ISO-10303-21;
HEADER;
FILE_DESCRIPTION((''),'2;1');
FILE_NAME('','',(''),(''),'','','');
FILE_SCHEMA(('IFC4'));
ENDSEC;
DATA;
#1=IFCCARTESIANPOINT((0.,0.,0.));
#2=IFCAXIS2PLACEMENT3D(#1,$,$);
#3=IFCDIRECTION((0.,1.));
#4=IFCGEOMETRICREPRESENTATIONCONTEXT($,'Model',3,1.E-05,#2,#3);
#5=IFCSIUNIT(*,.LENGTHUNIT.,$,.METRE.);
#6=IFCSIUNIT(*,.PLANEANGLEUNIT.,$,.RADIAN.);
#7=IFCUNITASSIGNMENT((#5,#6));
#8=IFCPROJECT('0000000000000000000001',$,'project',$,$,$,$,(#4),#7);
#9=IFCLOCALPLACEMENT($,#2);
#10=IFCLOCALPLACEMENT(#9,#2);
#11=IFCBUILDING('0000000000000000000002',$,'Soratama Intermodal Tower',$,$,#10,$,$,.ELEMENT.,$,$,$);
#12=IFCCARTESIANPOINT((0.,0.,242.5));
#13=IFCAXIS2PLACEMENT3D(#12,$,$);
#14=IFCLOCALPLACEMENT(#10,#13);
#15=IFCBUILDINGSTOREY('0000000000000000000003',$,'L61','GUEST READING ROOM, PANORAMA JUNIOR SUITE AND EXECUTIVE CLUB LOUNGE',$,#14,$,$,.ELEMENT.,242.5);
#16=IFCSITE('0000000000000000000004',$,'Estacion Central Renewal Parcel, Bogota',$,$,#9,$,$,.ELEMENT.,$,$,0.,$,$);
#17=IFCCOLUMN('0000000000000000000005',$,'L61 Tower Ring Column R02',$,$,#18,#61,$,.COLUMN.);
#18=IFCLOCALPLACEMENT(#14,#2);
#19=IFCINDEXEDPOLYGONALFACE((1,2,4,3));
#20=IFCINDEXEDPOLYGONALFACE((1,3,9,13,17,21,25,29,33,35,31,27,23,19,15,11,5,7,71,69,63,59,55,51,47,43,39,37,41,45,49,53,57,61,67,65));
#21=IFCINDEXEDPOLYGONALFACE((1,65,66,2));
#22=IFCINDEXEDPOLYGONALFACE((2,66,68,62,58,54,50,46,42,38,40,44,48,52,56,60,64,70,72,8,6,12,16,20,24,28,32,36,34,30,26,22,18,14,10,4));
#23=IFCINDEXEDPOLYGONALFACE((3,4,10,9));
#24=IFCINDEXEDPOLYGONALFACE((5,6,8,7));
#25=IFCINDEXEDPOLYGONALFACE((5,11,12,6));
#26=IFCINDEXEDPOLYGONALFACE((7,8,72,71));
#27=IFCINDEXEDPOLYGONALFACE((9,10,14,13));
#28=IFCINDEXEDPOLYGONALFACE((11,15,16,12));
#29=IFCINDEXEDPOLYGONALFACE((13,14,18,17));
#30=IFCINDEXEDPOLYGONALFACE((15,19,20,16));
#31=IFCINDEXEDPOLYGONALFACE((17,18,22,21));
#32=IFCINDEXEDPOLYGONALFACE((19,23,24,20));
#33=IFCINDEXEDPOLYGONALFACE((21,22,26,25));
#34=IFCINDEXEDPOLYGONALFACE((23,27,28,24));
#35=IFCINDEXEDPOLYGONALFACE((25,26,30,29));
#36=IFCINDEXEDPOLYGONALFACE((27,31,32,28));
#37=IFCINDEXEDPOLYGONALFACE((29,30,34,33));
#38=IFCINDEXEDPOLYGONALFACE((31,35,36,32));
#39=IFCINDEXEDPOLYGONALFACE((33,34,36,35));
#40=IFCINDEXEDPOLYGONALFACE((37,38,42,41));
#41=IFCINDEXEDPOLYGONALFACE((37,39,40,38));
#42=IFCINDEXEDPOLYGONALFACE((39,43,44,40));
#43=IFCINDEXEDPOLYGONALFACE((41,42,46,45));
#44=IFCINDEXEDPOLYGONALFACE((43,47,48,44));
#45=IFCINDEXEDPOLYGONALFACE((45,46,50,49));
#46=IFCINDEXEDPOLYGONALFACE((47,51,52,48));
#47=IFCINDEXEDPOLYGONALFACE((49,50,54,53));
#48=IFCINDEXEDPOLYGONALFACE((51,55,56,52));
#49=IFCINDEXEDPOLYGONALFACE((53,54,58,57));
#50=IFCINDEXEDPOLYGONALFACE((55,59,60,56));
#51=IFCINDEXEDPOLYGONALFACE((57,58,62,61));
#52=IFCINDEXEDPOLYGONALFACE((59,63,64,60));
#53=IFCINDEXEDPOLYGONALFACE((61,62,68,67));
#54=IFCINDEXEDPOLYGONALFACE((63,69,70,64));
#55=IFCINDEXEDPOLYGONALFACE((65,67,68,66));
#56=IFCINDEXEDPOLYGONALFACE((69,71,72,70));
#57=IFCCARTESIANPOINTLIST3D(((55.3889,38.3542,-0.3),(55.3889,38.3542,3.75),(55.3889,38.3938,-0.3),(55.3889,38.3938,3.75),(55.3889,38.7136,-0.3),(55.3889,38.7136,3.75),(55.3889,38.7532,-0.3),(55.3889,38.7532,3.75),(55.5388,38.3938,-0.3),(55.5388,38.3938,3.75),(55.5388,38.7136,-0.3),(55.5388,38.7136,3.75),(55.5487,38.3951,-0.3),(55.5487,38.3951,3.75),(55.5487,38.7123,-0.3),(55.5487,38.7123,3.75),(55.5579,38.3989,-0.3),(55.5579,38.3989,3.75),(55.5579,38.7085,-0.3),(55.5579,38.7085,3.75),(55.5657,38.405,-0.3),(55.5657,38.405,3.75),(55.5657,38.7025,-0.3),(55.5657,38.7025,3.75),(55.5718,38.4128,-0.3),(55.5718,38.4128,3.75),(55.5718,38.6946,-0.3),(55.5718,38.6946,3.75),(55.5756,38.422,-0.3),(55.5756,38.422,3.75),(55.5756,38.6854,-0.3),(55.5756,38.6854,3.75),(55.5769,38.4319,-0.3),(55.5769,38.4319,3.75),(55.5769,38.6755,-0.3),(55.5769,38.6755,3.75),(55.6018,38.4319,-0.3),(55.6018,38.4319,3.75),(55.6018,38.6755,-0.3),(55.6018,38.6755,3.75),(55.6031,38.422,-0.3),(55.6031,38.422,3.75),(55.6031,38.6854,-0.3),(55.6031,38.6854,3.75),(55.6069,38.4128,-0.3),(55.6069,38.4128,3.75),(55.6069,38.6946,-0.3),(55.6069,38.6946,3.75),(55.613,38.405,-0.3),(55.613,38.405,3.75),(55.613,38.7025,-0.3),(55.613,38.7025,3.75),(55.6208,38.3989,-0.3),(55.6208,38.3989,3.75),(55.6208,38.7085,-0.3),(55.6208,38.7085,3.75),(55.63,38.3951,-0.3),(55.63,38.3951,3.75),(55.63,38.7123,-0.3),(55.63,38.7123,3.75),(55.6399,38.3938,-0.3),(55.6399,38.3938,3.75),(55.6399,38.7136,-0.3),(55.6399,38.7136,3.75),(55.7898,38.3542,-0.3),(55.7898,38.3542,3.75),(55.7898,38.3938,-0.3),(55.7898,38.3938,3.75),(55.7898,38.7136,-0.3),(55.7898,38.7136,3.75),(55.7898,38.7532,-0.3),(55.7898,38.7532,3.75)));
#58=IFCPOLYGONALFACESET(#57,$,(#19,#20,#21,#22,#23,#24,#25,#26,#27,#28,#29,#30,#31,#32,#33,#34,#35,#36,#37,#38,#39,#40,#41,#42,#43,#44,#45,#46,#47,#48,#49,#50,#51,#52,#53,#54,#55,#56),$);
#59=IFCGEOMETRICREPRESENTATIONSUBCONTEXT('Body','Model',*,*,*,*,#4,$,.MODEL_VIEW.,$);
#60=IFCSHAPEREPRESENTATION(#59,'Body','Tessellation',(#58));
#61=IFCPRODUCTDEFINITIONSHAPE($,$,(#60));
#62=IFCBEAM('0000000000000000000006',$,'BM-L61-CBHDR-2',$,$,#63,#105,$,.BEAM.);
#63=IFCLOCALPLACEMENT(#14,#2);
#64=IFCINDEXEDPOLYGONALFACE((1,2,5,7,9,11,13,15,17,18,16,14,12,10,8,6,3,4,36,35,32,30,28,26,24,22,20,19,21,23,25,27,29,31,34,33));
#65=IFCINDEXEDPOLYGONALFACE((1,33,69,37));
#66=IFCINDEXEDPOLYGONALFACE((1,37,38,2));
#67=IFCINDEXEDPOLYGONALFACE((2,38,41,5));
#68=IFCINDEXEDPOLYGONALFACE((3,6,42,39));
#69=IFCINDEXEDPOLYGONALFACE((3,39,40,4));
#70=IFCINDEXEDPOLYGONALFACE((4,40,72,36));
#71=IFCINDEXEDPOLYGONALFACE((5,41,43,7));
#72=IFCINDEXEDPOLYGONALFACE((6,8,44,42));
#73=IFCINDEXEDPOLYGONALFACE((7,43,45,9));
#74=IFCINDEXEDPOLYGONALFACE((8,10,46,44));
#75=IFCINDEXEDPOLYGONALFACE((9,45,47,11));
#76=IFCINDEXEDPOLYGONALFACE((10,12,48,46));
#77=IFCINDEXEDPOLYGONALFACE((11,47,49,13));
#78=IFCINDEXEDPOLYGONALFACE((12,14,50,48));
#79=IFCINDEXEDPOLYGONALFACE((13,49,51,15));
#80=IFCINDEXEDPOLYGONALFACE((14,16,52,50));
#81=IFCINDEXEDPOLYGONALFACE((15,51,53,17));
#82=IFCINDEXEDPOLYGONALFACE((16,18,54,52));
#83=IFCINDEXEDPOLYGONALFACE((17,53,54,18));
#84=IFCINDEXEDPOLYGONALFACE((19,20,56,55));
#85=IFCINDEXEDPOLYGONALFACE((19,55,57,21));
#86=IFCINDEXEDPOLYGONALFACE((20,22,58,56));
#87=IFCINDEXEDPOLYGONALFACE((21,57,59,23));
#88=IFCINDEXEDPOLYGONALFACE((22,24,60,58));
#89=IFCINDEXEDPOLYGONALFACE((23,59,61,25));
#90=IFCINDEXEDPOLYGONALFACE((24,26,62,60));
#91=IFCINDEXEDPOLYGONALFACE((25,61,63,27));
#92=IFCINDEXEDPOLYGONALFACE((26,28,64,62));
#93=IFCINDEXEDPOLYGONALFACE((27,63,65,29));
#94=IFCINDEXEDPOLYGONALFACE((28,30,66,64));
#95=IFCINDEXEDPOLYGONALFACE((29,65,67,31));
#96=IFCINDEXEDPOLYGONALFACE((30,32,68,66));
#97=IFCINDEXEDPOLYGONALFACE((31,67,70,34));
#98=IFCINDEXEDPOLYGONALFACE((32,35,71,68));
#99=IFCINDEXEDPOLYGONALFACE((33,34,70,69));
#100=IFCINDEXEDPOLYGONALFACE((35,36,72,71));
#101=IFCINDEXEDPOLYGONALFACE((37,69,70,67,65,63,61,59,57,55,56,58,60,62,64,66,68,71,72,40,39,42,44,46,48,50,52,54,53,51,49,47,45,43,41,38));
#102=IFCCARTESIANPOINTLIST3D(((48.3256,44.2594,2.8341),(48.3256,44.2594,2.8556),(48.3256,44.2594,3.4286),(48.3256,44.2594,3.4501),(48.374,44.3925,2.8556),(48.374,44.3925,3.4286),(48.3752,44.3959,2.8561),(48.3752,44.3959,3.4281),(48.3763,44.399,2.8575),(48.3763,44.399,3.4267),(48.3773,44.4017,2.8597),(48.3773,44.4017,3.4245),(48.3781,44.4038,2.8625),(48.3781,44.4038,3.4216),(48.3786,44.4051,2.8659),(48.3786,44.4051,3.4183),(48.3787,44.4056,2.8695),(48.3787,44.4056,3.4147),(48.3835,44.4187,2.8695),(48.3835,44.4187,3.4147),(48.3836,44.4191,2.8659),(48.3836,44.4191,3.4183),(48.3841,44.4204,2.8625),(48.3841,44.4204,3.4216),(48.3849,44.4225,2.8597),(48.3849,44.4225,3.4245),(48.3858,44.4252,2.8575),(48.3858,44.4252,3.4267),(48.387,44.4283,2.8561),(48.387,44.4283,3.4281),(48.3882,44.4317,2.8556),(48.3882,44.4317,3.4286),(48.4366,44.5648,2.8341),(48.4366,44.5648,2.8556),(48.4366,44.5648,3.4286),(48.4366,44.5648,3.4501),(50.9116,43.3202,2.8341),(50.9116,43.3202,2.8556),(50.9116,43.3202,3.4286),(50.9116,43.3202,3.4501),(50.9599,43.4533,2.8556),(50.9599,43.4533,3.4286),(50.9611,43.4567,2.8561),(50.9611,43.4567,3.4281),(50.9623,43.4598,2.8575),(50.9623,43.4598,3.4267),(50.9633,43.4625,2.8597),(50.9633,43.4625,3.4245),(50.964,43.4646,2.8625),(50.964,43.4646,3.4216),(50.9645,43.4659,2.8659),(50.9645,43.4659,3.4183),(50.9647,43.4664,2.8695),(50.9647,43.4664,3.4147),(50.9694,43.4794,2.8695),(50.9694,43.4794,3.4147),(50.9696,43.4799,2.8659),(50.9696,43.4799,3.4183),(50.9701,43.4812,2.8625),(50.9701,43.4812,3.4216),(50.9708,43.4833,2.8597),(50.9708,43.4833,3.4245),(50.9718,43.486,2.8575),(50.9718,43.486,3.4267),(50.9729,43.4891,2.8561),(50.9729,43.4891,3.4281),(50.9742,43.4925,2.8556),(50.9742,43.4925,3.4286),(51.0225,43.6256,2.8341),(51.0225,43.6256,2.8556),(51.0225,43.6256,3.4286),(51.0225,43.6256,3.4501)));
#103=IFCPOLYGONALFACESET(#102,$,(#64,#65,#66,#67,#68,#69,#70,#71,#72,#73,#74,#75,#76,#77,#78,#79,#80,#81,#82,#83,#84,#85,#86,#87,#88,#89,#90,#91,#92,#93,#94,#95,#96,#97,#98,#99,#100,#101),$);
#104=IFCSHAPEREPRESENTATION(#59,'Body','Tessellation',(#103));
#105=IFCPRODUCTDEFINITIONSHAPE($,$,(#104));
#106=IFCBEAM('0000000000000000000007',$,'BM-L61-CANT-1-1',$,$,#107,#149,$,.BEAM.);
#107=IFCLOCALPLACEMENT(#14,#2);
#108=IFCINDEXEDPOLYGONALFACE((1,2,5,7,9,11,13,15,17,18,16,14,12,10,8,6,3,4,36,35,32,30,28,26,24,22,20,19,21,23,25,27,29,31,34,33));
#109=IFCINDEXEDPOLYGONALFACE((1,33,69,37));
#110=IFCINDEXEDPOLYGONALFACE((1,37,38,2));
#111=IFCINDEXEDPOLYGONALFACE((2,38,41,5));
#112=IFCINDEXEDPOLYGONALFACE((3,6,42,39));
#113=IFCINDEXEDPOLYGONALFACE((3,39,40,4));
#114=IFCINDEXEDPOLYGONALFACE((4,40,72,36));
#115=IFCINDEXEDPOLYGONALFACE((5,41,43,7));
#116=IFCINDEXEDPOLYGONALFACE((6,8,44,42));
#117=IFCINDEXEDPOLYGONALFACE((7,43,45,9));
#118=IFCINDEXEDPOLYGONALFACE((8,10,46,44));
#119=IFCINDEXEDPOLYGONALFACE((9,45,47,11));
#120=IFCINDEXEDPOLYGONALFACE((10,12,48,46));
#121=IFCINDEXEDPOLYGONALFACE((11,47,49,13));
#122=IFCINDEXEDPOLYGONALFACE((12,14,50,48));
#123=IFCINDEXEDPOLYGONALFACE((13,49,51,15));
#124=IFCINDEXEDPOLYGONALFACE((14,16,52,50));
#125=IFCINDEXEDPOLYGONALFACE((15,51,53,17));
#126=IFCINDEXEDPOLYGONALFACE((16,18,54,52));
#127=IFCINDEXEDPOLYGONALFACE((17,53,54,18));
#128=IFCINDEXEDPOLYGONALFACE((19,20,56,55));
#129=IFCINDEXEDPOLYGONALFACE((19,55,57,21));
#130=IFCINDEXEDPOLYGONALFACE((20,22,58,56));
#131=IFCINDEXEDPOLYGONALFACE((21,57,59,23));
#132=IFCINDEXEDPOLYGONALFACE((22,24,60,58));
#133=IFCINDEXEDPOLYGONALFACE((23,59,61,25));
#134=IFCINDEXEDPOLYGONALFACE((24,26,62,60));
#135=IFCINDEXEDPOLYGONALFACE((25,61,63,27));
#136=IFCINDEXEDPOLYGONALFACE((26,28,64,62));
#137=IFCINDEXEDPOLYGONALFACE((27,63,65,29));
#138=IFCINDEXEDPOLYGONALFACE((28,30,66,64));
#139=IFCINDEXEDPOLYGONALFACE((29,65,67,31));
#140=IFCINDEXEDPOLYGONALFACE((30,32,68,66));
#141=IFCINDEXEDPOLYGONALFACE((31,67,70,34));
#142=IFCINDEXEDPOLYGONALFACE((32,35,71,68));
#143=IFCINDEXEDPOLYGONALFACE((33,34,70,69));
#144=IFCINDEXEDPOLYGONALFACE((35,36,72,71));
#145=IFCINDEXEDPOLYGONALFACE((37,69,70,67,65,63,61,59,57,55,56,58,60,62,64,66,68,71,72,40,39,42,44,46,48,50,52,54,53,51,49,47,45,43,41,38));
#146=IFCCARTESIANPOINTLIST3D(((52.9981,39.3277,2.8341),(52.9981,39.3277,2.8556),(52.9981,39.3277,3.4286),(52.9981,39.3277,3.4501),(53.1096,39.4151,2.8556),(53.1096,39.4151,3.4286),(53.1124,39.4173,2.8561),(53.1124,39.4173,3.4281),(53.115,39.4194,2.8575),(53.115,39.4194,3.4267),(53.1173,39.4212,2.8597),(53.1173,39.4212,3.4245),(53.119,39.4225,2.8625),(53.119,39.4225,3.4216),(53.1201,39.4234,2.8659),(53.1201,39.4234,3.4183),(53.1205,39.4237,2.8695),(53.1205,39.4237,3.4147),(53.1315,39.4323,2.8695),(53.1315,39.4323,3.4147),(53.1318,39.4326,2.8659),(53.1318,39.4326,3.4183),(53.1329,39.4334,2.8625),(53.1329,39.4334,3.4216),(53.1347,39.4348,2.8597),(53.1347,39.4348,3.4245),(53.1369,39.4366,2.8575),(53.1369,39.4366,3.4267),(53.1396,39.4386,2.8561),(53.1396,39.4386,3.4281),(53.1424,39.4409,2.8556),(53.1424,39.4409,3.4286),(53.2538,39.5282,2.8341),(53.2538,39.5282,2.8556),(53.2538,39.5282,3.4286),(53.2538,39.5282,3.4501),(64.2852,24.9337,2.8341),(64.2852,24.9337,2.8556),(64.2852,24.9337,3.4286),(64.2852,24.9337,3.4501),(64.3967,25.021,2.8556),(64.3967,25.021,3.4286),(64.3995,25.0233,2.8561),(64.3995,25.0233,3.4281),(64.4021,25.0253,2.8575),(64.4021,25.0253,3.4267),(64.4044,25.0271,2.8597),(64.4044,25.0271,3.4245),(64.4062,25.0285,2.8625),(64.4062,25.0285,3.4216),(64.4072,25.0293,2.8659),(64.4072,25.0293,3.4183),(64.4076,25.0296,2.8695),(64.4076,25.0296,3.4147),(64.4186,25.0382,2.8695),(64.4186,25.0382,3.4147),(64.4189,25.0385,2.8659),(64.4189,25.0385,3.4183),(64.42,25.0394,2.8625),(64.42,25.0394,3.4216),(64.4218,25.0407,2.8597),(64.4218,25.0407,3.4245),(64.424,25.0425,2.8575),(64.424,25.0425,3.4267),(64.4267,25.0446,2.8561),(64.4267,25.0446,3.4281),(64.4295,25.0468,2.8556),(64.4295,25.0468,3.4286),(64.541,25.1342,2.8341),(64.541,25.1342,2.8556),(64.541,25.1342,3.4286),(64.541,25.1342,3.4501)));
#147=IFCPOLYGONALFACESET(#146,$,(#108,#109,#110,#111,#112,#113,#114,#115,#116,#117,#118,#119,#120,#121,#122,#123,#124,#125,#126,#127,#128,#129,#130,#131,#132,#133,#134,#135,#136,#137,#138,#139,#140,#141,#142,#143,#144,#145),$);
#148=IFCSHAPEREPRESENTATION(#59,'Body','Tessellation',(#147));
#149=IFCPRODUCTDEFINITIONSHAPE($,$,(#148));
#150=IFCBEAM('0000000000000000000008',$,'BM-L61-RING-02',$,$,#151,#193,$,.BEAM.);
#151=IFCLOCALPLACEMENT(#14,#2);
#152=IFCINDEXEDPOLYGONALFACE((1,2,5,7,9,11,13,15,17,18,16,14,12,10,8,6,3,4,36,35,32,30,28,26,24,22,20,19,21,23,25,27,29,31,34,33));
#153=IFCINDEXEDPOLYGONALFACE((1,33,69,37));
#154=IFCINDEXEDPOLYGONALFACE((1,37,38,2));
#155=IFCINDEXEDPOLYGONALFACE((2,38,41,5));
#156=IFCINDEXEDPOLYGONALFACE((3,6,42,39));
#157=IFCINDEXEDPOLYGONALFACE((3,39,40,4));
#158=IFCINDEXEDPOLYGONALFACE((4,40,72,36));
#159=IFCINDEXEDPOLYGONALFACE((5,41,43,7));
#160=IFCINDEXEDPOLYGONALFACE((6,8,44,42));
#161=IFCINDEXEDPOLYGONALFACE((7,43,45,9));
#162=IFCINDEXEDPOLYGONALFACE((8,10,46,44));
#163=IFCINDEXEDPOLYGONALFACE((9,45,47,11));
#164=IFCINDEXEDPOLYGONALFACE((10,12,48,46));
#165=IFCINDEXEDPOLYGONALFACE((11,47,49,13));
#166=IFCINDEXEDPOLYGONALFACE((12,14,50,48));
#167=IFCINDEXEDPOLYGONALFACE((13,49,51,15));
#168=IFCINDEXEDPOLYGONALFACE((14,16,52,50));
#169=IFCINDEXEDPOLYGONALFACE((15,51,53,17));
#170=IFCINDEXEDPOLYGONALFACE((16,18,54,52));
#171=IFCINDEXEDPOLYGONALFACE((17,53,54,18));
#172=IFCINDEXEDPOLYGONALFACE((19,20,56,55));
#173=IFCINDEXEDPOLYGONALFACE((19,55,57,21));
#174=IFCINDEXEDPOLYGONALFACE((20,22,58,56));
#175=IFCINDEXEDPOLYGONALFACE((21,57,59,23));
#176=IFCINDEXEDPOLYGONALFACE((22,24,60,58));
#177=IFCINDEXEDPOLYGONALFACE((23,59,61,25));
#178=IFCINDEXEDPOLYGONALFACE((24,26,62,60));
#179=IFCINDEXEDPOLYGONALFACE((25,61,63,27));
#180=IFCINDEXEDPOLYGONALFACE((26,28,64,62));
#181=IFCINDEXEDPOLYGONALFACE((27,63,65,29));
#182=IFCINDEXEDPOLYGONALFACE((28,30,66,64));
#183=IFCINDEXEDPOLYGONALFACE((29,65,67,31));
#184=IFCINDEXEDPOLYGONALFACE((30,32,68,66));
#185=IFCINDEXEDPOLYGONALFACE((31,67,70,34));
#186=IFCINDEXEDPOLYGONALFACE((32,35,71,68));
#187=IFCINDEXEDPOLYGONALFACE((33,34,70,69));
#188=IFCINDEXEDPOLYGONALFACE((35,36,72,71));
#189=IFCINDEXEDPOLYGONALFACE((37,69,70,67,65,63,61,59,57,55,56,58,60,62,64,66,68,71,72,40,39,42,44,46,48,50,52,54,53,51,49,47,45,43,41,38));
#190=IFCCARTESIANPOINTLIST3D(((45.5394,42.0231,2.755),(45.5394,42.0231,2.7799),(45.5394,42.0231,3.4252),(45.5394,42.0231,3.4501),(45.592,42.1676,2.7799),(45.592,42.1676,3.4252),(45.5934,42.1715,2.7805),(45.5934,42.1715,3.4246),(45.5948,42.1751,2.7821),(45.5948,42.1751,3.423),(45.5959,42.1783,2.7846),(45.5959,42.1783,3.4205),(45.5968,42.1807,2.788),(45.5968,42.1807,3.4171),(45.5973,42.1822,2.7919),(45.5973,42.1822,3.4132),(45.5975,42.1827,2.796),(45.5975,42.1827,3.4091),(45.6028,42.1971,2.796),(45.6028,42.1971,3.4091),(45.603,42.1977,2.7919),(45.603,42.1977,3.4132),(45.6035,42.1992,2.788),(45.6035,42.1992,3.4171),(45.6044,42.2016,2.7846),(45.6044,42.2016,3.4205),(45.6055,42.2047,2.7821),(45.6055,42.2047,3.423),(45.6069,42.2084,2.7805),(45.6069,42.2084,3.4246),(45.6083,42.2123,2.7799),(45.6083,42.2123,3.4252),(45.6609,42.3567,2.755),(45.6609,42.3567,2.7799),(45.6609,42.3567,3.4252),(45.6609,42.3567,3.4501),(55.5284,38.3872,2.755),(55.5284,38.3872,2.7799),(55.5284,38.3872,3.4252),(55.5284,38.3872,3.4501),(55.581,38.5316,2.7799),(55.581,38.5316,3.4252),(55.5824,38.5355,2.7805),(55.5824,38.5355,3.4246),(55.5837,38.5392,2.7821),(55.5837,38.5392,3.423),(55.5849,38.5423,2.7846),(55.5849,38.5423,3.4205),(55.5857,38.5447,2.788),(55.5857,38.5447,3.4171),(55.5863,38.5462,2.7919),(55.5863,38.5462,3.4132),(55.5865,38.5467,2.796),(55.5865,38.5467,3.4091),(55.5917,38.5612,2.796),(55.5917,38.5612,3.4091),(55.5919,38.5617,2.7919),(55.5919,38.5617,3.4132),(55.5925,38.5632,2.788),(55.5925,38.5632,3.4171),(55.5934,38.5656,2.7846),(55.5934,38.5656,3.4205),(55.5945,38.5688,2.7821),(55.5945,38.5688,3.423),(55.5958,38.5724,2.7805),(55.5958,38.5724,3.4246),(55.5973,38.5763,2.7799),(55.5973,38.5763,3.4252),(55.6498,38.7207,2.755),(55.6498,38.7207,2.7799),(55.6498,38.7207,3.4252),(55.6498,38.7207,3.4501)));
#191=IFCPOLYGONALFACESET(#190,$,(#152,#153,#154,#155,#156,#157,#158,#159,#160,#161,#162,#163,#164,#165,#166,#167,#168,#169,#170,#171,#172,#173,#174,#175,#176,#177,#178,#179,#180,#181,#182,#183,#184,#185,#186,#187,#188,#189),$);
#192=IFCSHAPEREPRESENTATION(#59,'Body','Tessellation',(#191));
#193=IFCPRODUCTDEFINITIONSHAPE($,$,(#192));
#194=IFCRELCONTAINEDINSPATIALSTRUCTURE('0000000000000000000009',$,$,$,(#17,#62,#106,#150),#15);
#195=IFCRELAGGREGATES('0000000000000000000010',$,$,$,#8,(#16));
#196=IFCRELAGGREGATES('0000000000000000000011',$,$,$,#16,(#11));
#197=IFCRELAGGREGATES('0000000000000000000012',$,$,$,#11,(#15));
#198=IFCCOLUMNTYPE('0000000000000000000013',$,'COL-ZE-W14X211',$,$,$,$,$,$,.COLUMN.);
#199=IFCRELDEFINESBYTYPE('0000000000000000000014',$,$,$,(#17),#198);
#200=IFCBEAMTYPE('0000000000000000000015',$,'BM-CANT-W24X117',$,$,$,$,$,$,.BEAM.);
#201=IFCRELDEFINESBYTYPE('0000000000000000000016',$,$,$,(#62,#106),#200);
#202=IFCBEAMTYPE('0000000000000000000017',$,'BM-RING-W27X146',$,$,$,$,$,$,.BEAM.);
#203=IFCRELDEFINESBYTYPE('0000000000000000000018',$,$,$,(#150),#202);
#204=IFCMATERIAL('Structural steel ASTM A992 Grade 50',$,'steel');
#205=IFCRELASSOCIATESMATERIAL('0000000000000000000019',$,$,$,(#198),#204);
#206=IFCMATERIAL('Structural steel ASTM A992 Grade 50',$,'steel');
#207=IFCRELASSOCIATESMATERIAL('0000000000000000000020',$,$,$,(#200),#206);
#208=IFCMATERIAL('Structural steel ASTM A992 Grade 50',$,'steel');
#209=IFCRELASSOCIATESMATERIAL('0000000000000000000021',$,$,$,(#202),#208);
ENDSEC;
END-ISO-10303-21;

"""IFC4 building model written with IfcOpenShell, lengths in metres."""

from ifc_helpers import new_model, si_unit, direction, frame, origin, origin_2d, place, context, subcontext, project, spatial, i_section, extrude, material, material_profile, profile_set, type_object, element, save


model = new_model("IFC4")

# Units and contexts
model_context = context("Model", 3, precision=1e-05, world=origin(), true_north=direction((0.0, 1.0)))
body_context = subcontext(model_context, "Body", "Model", "MODEL_VIEW")
ifc_project = project(units=[si_unit("LENGTHUNIT", "METRE"), si_unit("PLANEANGLEUNIT", "RADIAN")], contexts=[model_context])

# Site, building, storey
site_placement = place(None, origin())
site = spatial("IfcSite", under=ifc_project, at=site_placement, Name="Estacion Central Renewal Parcel, Bogota", CompositionType="ELEMENT", RefElevation=0.0)
building_placement = place(site_placement, origin())
building = spatial("IfcBuilding", under=site, at=building_placement, Name="Soratama Intermodal Tower", CompositionType="ELEMENT")
storey_placement = place(building_placement, frame((0.0, 0.0, 242.5)))
storey = spatial("IfcBuildingStorey", under=building, at=storey_placement, Name="L61", Description="GUEST READING ROOM, PANORAMA JUNIOR SUITE AND EXECUTIVE CLUB LOUNGE", CompositionType="ELEMENT", Elevation=242.5)

# Column
ifc_material_1 = material(Name="Structural steel ASTM A992 Grade 50", Category="steel")
ifc_material_profile_1 = material_profile(ifc_material_1, i_section(OverallWidth=0.4009, OverallDepth=0.3989, WebThickness=0.0249, FlangeThickness=0.0396, FilletRadius=0.0381, at=origin_2d()), Name="W14X211")
ifc_profile_set_1 = profile_set([ifc_material_profile_1], Name="Structural steel ASTM A992 Grade 50")
column_type = type_object("IfcColumnType", Name="COL-ZE-W14X211", PredefinedType="COLUMN", material=ifc_profile_set_1)
column_placement = place(storey_placement, frame((55.5894, 38.5537, -0.3), z_axis=(0.0, 0.0, 1.0), x_axis=(1.0, 0.0, 0.0)))
element("IfcColumn", 1, at=column_placement, inside=storey, type_object=column_type, Name="L61 Tower Ring Column R02", PredefinedType="COLUMN", context=body_context, shape_type="SweptSolid", body=[
    extrude(i_section(OverallWidth=0.4009, OverallDepth=0.3989, WebThickness=0.0249, FlangeThickness=0.0396, FilletRadius=0.0381, at=origin_2d()), origin(), (0.0, 0.0, 1.0), 4.05),
])

# Beams
ifc_material_2 = material(Name="Structural steel ASTM A992 Grade 50", Category="steel")
ifc_material_profile_2 = material_profile(ifc_material_2, i_section(OverallWidth=0.325, OverallDepth=0.616, WebThickness=0.0139, FlangeThickness=0.0215, FilletRadius=0.0139, at=origin_2d()), Name="W24X117")
ifc_profile_set_2 = profile_set([ifc_material_profile_2], Name="Structural steel ASTM A992 Grade 50")
beam_type_1 = type_object("IfcBeamType", Name="BM-CANT-W24X117", PredefinedType="BEAM", material=ifc_profile_set_2)
beam_1_placement = place(storey_placement, frame((50.967, 43.4729, 3.1421), z_axis=(-0.939925, 0.34138, 0.0), x_axis=(-0.34138, -0.939925, 0.0)))
element("IfcBeam", 2, at=beam_1_placement, inside=storey, type_object=beam_type_1, Name="BM-L61-CBHDR-2", PredefinedType="BEAM", context=body_context, shape_type="SweptSolid", body=[
    extrude(i_section(OverallWidth=0.325, OverallDepth=0.616, WebThickness=0.0139, FlangeThickness=0.0215, FilletRadius=0.0139, at=origin_2d()), origin(), (0.0, 0.0, 1.0), 2.7512),
])
beam_2_placement = place(storey_placement, frame((53.126, 39.428, 3.1421), z_axis=(0.617061, -0.786915, 0.0), x_axis=(0.786915, 0.617061, 0.0)))
element("IfcBeam", 3, at=beam_2_placement, inside=storey, type_object=beam_type_1, Name="BM-L61-CANT-1-1", PredefinedType="BEAM", context=body_context, shape_type="SweptSolid", body=[
    extrude(i_section(OverallWidth=0.325, OverallDepth=0.616, WebThickness=0.0139, FlangeThickness=0.0215, FilletRadius=0.0139, at=origin_2d()), origin(), (0.0, 0.0, 1.0), 18.2917),
])
ifc_material_3 = material(Name="Structural steel ASTM A992 Grade 50", Category="steel")
ifc_material_profile_3 = material_profile(ifc_material_3, i_section(OverallWidth=0.355, OverallDepth=0.6951, WebThickness=0.0154, FlangeThickness=0.0249, FilletRadius=0.0161, at=origin_2d()), Name="W27X146")
ifc_profile_set_3 = profile_set([ifc_material_profile_3], Name="Structural steel ASTM A992 Grade 50")
beam_type_2 = type_object("IfcBeamType", Name="BM-RING-W27X146", PredefinedType="BEAM", material=ifc_profile_set_3)
beam_3_placement = place(storey_placement, frame((55.5891, 38.554, 3.1025), z_axis=(-0.939684, 0.342044, 0.0), x_axis=(-0.342044, -0.939684, 0.0)))
element("IfcBeam", 4, at=beam_3_placement, inside=storey, type_object=beam_type_2, Name="BM-L61-RING-02", PredefinedType="BEAM", context=body_context, shape_type="SweptSolid", body=[
    extrude(i_section(OverallWidth=0.355, OverallDepth=0.6951, WebThickness=0.0154, FlangeThickness=0.0249, FilletRadius=0.0161, at=origin_2d()), origin(), (0.0, 0.0, 1.0), 10.6301),
])

save(model, "model.ifc")
